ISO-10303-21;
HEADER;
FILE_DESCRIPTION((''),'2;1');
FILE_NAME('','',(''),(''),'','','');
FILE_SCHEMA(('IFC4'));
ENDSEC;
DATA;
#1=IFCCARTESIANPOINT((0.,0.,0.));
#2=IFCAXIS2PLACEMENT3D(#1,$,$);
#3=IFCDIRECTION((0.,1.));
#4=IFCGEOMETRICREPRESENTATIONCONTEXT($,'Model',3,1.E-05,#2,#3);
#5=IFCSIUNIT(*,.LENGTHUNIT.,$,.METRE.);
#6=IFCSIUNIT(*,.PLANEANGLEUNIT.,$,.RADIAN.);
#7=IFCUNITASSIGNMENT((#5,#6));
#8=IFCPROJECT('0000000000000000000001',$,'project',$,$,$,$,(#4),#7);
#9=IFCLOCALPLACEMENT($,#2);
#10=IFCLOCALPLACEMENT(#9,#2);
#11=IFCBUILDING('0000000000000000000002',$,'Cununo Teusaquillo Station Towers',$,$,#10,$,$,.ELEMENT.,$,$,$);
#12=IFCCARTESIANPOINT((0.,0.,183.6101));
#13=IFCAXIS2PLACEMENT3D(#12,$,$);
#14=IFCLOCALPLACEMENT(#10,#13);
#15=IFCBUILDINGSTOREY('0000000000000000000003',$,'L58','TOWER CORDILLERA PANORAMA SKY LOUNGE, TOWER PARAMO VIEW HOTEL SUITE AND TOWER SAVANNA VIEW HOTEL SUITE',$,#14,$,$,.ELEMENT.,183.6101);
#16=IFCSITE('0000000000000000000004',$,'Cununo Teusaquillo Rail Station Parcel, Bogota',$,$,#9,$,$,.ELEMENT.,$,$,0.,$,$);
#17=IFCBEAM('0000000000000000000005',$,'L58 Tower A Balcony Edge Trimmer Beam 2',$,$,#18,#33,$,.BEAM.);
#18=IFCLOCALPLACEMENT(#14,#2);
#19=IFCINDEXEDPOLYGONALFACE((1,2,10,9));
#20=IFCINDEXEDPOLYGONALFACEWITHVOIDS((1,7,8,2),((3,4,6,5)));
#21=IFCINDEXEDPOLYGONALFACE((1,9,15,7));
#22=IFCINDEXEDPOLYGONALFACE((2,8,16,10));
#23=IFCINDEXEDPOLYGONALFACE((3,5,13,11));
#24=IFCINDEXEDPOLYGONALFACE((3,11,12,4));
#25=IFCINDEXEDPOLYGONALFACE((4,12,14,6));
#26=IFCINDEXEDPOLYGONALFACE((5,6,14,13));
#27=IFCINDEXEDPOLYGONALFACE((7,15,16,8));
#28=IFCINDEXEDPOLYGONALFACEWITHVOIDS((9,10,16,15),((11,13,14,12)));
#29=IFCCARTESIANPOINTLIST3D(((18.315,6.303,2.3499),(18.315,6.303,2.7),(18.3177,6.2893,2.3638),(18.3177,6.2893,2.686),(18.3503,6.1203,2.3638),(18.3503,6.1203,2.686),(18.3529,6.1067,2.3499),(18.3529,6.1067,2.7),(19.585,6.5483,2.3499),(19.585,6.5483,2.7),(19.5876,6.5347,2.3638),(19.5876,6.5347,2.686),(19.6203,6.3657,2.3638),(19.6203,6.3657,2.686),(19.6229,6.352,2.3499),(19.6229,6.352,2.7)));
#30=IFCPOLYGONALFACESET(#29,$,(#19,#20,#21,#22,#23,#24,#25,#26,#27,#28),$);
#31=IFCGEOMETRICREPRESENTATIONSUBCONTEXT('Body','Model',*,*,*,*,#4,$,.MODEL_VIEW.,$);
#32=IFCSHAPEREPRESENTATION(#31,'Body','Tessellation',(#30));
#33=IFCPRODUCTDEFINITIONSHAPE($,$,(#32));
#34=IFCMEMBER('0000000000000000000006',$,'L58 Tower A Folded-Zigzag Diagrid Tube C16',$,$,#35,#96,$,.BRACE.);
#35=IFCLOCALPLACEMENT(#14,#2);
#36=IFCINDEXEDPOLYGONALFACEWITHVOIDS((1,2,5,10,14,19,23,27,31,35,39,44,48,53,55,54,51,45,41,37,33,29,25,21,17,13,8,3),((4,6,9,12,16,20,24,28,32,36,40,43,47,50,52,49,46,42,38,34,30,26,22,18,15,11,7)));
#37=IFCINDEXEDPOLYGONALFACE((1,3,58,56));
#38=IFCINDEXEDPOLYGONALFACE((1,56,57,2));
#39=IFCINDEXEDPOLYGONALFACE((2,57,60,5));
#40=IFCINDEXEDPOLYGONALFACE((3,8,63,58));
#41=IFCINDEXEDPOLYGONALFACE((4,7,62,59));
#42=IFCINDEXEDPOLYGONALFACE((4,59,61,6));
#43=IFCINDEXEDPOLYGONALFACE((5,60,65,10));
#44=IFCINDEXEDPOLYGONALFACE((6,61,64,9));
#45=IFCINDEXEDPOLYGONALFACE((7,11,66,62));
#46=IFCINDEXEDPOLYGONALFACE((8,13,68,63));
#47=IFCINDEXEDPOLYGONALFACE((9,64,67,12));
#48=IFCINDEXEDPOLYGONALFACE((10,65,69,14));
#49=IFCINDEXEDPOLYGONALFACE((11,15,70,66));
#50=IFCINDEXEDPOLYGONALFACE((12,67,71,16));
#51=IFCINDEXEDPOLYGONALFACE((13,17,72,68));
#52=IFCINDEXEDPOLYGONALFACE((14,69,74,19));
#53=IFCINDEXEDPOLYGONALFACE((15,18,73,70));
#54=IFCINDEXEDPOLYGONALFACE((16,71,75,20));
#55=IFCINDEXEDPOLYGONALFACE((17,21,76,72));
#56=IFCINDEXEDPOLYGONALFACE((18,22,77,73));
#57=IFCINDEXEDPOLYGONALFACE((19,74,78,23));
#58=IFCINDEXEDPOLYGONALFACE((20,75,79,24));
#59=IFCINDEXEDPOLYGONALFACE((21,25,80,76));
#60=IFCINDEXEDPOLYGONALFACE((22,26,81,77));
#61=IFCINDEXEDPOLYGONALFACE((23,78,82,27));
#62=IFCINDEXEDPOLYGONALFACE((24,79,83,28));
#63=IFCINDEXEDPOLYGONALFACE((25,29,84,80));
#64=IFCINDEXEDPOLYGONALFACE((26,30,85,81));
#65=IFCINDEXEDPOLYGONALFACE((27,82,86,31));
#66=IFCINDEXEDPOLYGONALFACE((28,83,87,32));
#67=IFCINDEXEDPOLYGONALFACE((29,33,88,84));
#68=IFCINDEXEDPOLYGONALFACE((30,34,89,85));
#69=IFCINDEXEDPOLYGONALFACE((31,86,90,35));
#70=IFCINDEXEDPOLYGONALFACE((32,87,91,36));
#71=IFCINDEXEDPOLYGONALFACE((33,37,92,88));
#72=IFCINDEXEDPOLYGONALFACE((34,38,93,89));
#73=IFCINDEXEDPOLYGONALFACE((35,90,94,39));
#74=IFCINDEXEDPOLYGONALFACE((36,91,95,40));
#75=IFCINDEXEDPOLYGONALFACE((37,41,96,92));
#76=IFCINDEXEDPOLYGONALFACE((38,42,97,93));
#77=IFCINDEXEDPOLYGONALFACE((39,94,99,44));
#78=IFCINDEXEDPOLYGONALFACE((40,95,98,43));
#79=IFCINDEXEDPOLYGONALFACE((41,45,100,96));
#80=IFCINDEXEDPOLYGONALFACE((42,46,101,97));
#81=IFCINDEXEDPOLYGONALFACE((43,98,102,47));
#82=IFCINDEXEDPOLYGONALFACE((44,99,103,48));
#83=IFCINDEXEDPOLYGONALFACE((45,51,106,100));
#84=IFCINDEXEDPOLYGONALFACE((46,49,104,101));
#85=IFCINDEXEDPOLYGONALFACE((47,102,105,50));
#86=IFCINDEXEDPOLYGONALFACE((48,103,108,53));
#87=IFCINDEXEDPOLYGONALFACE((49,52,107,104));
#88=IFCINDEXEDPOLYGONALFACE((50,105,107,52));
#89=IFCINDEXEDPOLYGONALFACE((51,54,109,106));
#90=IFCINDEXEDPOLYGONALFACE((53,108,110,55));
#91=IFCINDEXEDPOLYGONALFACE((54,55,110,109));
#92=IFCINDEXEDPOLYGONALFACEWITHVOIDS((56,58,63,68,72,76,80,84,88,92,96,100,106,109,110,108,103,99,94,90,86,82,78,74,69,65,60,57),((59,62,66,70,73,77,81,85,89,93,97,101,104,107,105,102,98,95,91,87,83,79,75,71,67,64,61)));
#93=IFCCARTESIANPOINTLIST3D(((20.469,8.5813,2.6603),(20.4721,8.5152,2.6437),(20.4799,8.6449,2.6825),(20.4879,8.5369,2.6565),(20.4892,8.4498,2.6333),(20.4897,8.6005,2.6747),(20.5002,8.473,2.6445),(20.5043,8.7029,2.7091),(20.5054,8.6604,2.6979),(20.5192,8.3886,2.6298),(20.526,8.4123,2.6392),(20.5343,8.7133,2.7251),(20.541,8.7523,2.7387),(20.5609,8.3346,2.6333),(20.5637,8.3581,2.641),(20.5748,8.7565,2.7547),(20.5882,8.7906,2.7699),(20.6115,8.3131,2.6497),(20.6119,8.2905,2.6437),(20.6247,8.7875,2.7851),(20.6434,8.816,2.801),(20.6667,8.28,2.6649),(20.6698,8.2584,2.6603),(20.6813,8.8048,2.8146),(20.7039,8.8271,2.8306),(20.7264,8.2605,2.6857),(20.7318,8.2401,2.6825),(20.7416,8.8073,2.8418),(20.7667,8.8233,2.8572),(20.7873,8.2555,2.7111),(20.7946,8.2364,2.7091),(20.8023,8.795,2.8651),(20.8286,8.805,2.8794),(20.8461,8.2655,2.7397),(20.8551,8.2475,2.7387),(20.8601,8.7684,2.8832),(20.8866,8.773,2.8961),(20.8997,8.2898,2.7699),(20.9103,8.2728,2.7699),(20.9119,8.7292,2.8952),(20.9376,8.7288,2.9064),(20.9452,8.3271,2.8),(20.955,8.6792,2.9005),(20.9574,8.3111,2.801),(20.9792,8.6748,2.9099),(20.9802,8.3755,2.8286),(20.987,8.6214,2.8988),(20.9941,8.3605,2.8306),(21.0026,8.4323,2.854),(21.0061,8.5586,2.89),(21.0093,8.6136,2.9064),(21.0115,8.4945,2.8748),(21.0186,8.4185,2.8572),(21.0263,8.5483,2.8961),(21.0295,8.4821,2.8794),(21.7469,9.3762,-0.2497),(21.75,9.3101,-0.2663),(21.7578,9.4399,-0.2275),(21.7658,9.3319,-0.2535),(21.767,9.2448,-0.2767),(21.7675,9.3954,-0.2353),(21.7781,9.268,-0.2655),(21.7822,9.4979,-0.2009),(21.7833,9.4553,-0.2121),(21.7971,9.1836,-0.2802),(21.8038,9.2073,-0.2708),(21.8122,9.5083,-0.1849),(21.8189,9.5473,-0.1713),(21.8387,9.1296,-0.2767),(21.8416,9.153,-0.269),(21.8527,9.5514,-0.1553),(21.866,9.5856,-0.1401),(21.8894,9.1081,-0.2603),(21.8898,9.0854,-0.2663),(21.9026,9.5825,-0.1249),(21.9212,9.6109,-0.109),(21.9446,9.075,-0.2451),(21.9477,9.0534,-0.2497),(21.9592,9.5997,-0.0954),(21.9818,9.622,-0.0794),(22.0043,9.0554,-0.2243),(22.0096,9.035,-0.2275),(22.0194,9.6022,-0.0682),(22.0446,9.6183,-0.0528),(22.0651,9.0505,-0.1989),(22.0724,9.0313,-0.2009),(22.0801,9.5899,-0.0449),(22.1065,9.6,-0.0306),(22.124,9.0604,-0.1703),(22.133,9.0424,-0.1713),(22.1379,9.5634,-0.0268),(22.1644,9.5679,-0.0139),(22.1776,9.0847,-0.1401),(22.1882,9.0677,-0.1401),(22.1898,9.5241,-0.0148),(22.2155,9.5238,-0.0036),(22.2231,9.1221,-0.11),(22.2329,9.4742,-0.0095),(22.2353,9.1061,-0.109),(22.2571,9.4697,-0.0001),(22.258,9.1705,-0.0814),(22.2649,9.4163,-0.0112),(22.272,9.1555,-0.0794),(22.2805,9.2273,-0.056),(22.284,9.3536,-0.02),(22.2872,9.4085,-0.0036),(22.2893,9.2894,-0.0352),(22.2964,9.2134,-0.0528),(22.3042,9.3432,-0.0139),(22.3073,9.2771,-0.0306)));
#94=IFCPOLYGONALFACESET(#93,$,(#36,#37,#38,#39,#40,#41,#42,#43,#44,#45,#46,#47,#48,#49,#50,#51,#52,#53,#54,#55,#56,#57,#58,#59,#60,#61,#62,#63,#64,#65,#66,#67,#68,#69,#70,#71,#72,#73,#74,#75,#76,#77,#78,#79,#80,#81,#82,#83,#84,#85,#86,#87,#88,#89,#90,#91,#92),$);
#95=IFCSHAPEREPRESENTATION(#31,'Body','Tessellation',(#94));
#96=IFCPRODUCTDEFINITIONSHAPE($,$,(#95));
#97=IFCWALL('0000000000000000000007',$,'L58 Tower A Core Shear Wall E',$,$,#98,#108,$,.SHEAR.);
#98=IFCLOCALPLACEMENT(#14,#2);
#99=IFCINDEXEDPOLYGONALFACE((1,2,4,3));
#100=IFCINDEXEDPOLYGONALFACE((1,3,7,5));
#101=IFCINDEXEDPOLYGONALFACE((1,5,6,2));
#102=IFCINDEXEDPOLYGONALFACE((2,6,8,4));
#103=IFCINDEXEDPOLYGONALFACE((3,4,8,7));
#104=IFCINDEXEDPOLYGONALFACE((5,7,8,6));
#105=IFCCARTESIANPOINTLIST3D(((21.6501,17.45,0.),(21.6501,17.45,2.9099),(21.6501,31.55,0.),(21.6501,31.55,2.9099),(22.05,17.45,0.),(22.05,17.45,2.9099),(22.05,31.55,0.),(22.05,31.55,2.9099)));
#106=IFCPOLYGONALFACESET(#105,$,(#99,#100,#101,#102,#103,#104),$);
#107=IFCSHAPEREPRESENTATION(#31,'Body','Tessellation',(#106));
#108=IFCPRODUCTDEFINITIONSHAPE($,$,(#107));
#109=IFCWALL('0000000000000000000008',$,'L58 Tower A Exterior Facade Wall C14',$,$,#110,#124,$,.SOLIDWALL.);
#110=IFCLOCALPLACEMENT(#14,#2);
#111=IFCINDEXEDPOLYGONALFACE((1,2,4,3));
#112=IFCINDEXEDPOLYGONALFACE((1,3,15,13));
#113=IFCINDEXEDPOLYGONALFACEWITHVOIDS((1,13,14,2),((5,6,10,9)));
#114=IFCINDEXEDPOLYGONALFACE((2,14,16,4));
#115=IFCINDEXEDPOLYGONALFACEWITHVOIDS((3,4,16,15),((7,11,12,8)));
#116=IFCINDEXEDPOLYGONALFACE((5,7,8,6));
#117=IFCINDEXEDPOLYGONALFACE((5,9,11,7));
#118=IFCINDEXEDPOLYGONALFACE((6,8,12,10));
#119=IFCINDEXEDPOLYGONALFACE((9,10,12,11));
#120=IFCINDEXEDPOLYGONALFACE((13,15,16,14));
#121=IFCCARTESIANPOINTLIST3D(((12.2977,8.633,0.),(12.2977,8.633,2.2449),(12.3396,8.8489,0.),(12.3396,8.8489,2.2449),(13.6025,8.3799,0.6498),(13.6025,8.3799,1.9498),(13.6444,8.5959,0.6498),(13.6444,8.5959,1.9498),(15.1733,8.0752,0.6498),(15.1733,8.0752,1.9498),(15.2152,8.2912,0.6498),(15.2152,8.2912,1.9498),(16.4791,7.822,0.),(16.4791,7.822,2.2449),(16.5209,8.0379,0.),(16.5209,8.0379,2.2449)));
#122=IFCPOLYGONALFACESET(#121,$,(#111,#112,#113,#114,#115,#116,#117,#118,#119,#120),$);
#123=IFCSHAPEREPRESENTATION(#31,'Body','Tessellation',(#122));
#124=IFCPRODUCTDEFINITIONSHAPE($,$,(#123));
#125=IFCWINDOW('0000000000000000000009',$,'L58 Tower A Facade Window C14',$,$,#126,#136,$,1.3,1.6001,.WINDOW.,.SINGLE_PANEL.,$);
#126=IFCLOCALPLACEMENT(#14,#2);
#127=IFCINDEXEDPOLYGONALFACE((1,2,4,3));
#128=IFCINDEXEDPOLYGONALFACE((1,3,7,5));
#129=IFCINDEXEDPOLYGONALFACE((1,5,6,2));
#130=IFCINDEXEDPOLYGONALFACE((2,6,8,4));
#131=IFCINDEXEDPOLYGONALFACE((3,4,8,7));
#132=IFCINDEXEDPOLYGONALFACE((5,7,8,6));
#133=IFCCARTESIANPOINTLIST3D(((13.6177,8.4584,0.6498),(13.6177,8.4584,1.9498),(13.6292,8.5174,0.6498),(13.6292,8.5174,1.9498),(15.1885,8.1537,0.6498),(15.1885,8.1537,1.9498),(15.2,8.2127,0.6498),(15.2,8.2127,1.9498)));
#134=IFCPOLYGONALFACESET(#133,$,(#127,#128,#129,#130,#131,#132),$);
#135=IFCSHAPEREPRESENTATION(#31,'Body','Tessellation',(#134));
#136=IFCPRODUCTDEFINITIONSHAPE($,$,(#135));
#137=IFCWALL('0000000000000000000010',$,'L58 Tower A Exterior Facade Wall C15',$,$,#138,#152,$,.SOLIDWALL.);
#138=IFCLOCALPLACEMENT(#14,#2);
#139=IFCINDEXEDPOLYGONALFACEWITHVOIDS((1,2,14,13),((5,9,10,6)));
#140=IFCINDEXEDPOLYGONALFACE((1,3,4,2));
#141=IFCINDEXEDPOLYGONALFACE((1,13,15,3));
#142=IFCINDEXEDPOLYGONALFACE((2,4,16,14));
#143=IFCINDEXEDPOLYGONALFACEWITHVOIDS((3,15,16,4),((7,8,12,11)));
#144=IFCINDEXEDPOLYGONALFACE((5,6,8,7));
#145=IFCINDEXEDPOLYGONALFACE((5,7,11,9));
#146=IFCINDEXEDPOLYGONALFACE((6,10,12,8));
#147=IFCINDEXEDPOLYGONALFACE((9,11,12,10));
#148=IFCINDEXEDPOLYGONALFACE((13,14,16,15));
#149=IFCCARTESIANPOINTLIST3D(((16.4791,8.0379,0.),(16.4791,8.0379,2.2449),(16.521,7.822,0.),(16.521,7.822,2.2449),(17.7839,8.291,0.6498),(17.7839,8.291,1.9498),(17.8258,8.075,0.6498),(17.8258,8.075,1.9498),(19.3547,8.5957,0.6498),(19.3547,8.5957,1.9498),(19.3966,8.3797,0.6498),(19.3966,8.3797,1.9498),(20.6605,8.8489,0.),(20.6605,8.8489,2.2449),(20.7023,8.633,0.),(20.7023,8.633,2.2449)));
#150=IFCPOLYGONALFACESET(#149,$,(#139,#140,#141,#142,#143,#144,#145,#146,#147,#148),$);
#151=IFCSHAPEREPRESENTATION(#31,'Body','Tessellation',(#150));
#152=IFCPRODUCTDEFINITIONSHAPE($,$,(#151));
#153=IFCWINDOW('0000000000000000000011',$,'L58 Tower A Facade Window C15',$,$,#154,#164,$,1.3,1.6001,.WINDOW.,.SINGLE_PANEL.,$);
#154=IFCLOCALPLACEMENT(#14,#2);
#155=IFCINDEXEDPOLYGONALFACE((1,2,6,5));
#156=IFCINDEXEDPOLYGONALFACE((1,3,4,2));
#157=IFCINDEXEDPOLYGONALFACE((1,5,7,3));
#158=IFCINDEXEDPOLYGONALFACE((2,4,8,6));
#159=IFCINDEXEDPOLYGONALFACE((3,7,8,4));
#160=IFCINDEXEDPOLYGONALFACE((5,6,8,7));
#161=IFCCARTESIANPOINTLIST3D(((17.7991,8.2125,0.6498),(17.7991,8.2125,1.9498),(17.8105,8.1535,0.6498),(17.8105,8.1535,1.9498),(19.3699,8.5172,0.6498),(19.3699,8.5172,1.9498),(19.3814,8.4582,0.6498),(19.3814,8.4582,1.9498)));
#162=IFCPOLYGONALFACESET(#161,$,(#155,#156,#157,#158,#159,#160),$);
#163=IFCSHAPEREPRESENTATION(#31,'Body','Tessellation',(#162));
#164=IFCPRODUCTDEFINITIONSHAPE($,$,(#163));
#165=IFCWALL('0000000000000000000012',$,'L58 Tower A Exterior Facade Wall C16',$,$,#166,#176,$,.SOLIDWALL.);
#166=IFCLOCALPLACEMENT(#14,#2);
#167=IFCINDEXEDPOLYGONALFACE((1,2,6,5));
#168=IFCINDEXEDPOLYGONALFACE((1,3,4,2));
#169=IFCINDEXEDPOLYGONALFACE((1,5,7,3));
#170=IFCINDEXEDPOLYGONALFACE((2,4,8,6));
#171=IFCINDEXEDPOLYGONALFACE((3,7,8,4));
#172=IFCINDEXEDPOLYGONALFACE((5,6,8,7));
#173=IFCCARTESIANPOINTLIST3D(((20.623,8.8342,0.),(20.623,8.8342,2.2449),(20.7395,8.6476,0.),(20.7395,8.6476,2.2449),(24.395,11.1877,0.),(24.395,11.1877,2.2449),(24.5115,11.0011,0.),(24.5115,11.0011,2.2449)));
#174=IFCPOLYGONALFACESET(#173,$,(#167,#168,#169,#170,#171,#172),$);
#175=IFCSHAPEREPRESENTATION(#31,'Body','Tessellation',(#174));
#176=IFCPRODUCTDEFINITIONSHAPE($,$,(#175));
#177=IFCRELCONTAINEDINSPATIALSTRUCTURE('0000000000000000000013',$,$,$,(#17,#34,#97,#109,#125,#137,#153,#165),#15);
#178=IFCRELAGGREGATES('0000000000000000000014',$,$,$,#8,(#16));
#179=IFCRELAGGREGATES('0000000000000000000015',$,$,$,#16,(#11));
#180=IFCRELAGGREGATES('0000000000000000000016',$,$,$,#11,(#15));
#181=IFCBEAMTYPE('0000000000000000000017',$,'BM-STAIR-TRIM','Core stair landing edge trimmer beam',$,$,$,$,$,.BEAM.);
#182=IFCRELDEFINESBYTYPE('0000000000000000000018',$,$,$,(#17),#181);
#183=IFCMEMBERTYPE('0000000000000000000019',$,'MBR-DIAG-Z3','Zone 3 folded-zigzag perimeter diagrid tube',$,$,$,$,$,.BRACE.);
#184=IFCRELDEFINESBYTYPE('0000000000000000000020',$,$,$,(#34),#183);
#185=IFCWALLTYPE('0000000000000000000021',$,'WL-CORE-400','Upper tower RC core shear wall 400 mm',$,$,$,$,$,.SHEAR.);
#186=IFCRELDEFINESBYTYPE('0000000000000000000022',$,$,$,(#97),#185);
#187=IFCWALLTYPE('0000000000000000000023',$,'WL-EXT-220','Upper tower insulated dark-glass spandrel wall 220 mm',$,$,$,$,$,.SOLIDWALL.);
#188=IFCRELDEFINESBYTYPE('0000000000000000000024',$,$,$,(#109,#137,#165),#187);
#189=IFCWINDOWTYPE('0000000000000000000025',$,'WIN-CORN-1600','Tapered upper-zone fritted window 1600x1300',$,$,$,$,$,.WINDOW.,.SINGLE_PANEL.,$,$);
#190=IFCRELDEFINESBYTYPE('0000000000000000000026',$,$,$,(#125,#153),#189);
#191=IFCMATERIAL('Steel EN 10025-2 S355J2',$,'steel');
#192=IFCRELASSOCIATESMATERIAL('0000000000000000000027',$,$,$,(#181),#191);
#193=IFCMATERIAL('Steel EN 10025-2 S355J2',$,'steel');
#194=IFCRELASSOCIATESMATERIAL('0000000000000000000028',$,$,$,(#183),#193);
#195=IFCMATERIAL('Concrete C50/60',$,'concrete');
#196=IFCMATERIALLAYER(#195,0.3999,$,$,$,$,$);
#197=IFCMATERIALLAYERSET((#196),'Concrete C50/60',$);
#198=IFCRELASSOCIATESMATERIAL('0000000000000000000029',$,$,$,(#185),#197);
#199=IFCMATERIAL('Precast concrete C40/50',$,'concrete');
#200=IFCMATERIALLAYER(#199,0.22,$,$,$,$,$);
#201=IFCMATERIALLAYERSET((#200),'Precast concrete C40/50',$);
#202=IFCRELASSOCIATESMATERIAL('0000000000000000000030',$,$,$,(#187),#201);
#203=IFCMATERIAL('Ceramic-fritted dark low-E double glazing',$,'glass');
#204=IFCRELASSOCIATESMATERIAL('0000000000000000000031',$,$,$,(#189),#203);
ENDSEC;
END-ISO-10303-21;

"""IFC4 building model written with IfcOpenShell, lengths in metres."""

from ifc_helpers import new_model, si_unit, direction, frame, frame_2d, origin, origin_2d, place, context, subcontext, project, spatial, rectangle, hollow_rectangle, hollow_circle, extrude, source, transform, mapped, material, layer, layer_set, material_profile, profile_set, type_object, element, fill, save


model = new_model("IFC4")

# Units and contexts
model_context = context("Model", 3, precision=1e-05, world=origin(), true_north=direction((0.0, 1.0)))
body_context = subcontext(model_context, "Body", "Model", "MODEL_VIEW")
ifc_project = project(units=[si_unit("LENGTHUNIT", "METRE"), si_unit("PLANEANGLEUNIT", "RADIAN")], contexts=[model_context])

# Site, building, storey
site_placement = place(None, origin())
site = spatial("IfcSite", under=ifc_project, at=site_placement, Name="Cununo Teusaquillo Rail Station Parcel, Bogota", CompositionType="ELEMENT", RefElevation=0.0)
building_placement = place(site_placement, origin())
building = spatial("IfcBuilding", under=site, at=building_placement, Name="Cununo Teusaquillo Station Towers", CompositionType="ELEMENT")
storey_placement = place(building_placement, frame((0.0, 0.0, 183.6101)))
storey = spatial("IfcBuildingStorey", under=building, at=storey_placement, Name="L58", Description="TOWER CORDILLERA PANORAMA SKY LOUNGE, TOWER PARAMO VIEW HOTEL SUITE AND TOWER SAVANNA VIEW HOTEL SUITE", CompositionType="ELEMENT", Elevation=183.6101)

# Beam
ifc_material_1 = material(Name="Steel EN 10025-2 S355J2", Category="steel")
ifc_material_profile_1 = material_profile(ifc_material_1, hollow_rectangle(XDim=0.2, YDim=0.3501, WallThickness=0.0139, at=origin_2d()), Name="RHS 350x200x14")
ifc_profile_set_1 = profile_set([ifc_material_profile_1], Name="Steel EN 10025-2 S355J2")
beam_type_1 = type_object("IfcBeamType", Name="BM-STAIR-TRIM", Description="Core stair landing edge trimmer beam", PredefinedType="BEAM", material=ifc_profile_set_1)
beam_1_placement = place(storey_placement, frame((18.334, 6.2048, 2.5249), z_axis=(0.981845, 0.189687, 0.0), x_axis=(-0.189687, 0.981845, 0.0)))
element("IfcBeam", 1, at=beam_1_placement, inside=storey, type_object=beam_type_1, Name="L58 Tower A Balcony Edge Trimmer Beam 2", PredefinedType="BEAM", context=body_context, shape_type="SweptSolid", body=[
    extrude(hollow_rectangle(XDim=0.2, YDim=0.3501, WallThickness=0.0139, at=origin_2d()), origin(), (0.0, 0.0, 1.0), 1.2935),
])

# Member
ifc_material_2 = material(Name="Steel EN 10025-2 S355J2", Category="steel")
ifc_material_profile_2 = material_profile(ifc_material_2, hollow_circle(Radius=0.3049, WallThickness=0.02, at=origin_2d()), Name="CHS 610x20")
ifc_profile_set_2 = profile_set([ifc_material_profile_2], Name="Steel EN 10025-2 S355J2")
member_type = type_object("IfcMemberType", Name="MBR-DIAG-Z3", Description="Zone 3 folded-zigzag perimeter diagrid tube", PredefinedType="BRACE", material=ifc_profile_set_2)
member_placement = place(storey_placement, frame((22.0271, 9.3267, -0.1401), z_axis=(-0.390056, -0.242648, 0.888245), x_axis=(0.528219, -0.849108, 0.0)))
element("IfcMember", 2, at=member_placement, inside=storey, type_object=member_type, Name="L58 Tower A Folded-Zigzag Diagrid Tube C16", PredefinedType="BRACE", context=body_context, shape_type="SweptSolid", body=[
    extrude(hollow_circle(Radius=0.3049, WallThickness=0.02, at=origin_2d()), origin(), (0.0, 0.0, 1.0), 3.2761),
])

# Wall
ifc_material_3 = material(Name="Concrete C50/60", Category="concrete")
ifc_layer_1 = layer(ifc_material_3, 0.3999)
ifc_layer_set_1 = layer_set([ifc_layer_1], Name="Concrete C50/60")
wall_type_1 = type_object("IfcWallType", Name="WL-CORE-400", Description="Upper tower RC core shear wall 400 mm", PredefinedType="SHEAR", material=ifc_layer_set_1)
wall_1_placement = place(storey_placement, frame((21.8501, 17.45, 0.0), z_axis=(0.0, 0.0, 1.0), x_axis=(0.0, 1.0, 0.0)))
element("IfcWall", 3, at=wall_1_placement, inside=storey, type_object=wall_type_1, Name="L58 Tower A Core Shear Wall E", PredefinedType="SHEAR", context=body_context, shape_type="SweptSolid", body=[
    extrude(rectangle(XDim=14.1001, YDim=0.3999, at=frame_2d((7.05, 0.0))), origin(), (0.0, 0.0, 1.0), 2.9099),
])

# Walls, openings, windows
ifc_material_4 = material(Name="Precast concrete C40/50", Category="concrete")
ifc_layer_2 = layer(ifc_material_4, 0.22)
ifc_layer_set_2 = layer_set([ifc_layer_2], Name="Precast concrete C40/50")
wall_type_2 = type_object("IfcWallType", Name="WL-EXT-220", Description="Upper tower insulated dark-glass spandrel wall 220 mm", PredefinedType="SOLIDWALL", material=ifc_layer_set_2)
wall_2_placement = place(storey_placement, frame((16.5, 7.9299, 0.0), z_axis=(0.0, 0.0, 1.0), x_axis=(-0.981704, 0.190414, 0.0)))
wall_2 = element("IfcWall", 4, at=wall_2_placement, inside=storey, type_object=wall_type_2, Name="L58 Tower A Exterior Facade Wall C14", PredefinedType="SOLIDWALL", context=body_context, shape_type="SweptSolid", body=[
    extrude(rectangle(XDim=4.2593, YDim=0.22, at=frame_2d((2.1296, 0.0))), origin(), (0.0, 0.0, 1.0), 2.2449),
])
shared_shape_1 = source(origin(), body_context, "Body", "SweptSolid", [
    extrude(rectangle(XDim=1.6001, YDim=1.3, at=frame_2d((0.8, 0.6499))), frame((0.0, 0.1199, 0.0), z_axis=(0.0, -1.0, 0.0), x_axis=(1.0, 0.0, 0.0)), (0.0, 0.0, 1.0), 0.24),
])
opening_1_placement = place(wall_2_placement, frame((1.3301, 0.0, 0.6499)))
opening_1 = element("IfcOpeningElement", 5, at=opening_1_placement, cuts=wall_2, PredefinedType="OPENING", context=body_context, shape_type="MappedRepresentation", body=[
    mapped(shared_shape_1, transform((0.0, 0.0, 0.0), x_axis=(1.0, 0.0, 0.0), y_axis=(0.0, 1.0, 0.0), z_axis=(0.0, 0.0, 1.0), scale=1.0)),
])
ifc_material_5 = material(Name="Ceramic-fritted dark low-E double glazing", Category="glass")
window_type = type_object("IfcWindowType", Name="WIN-CORN-1600", Description="Tapered upper-zone fritted window 1600x1300", PartitioningType="SINGLE_PANEL", PredefinedType="WINDOW", material=ifc_material_5)
shared_shape_2 = source(origin(), body_context, "Body", "SweptSolid", [
    extrude(rectangle(XDim=1.6001, YDim=1.3, at=frame_2d((0.8, 0.6499))), frame((0.0, 0.03, 0.0), z_axis=(0.0, -1.0, 0.0), x_axis=(1.0, 0.0, 0.0)), (0.0, 0.0, 1.0), 0.0601),
])
window_1_placement = place(opening_1_placement, origin())
window_1 = element("IfcWindow", 6, at=window_1_placement, inside=storey, type_object=window_type, Name="L58 Tower A Facade Window C14", OverallHeight=1.3, OverallWidth=1.6001, PartitioningType="SINGLE_PANEL", PredefinedType="WINDOW", context=body_context, shape_type="MappedRepresentation", body=[
    mapped(shared_shape_2, transform((0.0, 0.0, 0.0), x_axis=(1.0, 0.0, 0.0), y_axis=(0.0, 1.0, 0.0), z_axis=(0.0, 0.0, 1.0), scale=1.0)),
])
fill(opening_1, window_1)
wall_3_placement = place(storey_placement, frame((20.6814, 8.741, 0.0), z_axis=(0.0, 0.0, 1.0), x_axis=(-0.981704, -0.190414, 0.0)))
wall_3 = element("IfcWall", 7, at=wall_3_placement, inside=storey, type_object=wall_type_2, Name="L58 Tower A Exterior Facade Wall C15", PredefinedType="SOLIDWALL", context=body_context, shape_type="SweptSolid", body=[
    extrude(rectangle(XDim=4.2593, YDim=0.22, at=frame_2d((2.1296, 0.0))), origin(), (0.0, 0.0, 1.0), 2.2449),
])
opening_2_placement = place(wall_3_placement, frame((1.3301, 0.0, 0.6499)))
opening_2 = element("IfcOpeningElement", 8, at=opening_2_placement, cuts=wall_3, PredefinedType="OPENING", context=body_context, shape_type="MappedRepresentation", body=[
    mapped(shared_shape_1, transform((0.0, 0.0, 0.0), x_axis=(1.0, 0.0, 0.0), y_axis=(0.0, 1.0, 0.0), z_axis=(0.0, 0.0, 1.0), scale=1.0)),
])
window_2_placement = place(opening_2_placement, origin())
window_2 = element("IfcWindow", 9, at=window_2_placement, inside=storey, type_object=window_type, Name="L58 Tower A Facade Window C15", OverallHeight=1.3, OverallWidth=1.6001, PartitioningType="SINGLE_PANEL", PredefinedType="WINDOW", context=body_context, shape_type="MappedRepresentation", body=[
    mapped(shared_shape_2, transform((0.0, 0.0, 0.0), x_axis=(1.0, 0.0, 0.0), y_axis=(0.0, 1.0, 0.0), z_axis=(0.0, 0.0, 1.0), scale=1.0)),
])
fill(opening_2, window_2)

# Wall
wall_4_placement = place(storey_placement, frame((24.4534, 11.0945, 0.0), z_axis=(0.0, 0.0, 1.0), x_axis=(-0.848399, -0.529357, 0.0)))
element("IfcWall", 10, at=wall_4_placement, inside=storey, type_object=wall_type_2, Name="L58 Tower A Exterior Facade Wall C16", PredefinedType="SOLIDWALL", context=body_context, shape_type="SweptSolid", body=[
    extrude(rectangle(XDim=4.446, YDim=0.22, at=frame_2d((2.2231, 0.0))), origin(), (0.0, 0.0, 1.0), 2.2449),
])

save(model, "model.ifc")
